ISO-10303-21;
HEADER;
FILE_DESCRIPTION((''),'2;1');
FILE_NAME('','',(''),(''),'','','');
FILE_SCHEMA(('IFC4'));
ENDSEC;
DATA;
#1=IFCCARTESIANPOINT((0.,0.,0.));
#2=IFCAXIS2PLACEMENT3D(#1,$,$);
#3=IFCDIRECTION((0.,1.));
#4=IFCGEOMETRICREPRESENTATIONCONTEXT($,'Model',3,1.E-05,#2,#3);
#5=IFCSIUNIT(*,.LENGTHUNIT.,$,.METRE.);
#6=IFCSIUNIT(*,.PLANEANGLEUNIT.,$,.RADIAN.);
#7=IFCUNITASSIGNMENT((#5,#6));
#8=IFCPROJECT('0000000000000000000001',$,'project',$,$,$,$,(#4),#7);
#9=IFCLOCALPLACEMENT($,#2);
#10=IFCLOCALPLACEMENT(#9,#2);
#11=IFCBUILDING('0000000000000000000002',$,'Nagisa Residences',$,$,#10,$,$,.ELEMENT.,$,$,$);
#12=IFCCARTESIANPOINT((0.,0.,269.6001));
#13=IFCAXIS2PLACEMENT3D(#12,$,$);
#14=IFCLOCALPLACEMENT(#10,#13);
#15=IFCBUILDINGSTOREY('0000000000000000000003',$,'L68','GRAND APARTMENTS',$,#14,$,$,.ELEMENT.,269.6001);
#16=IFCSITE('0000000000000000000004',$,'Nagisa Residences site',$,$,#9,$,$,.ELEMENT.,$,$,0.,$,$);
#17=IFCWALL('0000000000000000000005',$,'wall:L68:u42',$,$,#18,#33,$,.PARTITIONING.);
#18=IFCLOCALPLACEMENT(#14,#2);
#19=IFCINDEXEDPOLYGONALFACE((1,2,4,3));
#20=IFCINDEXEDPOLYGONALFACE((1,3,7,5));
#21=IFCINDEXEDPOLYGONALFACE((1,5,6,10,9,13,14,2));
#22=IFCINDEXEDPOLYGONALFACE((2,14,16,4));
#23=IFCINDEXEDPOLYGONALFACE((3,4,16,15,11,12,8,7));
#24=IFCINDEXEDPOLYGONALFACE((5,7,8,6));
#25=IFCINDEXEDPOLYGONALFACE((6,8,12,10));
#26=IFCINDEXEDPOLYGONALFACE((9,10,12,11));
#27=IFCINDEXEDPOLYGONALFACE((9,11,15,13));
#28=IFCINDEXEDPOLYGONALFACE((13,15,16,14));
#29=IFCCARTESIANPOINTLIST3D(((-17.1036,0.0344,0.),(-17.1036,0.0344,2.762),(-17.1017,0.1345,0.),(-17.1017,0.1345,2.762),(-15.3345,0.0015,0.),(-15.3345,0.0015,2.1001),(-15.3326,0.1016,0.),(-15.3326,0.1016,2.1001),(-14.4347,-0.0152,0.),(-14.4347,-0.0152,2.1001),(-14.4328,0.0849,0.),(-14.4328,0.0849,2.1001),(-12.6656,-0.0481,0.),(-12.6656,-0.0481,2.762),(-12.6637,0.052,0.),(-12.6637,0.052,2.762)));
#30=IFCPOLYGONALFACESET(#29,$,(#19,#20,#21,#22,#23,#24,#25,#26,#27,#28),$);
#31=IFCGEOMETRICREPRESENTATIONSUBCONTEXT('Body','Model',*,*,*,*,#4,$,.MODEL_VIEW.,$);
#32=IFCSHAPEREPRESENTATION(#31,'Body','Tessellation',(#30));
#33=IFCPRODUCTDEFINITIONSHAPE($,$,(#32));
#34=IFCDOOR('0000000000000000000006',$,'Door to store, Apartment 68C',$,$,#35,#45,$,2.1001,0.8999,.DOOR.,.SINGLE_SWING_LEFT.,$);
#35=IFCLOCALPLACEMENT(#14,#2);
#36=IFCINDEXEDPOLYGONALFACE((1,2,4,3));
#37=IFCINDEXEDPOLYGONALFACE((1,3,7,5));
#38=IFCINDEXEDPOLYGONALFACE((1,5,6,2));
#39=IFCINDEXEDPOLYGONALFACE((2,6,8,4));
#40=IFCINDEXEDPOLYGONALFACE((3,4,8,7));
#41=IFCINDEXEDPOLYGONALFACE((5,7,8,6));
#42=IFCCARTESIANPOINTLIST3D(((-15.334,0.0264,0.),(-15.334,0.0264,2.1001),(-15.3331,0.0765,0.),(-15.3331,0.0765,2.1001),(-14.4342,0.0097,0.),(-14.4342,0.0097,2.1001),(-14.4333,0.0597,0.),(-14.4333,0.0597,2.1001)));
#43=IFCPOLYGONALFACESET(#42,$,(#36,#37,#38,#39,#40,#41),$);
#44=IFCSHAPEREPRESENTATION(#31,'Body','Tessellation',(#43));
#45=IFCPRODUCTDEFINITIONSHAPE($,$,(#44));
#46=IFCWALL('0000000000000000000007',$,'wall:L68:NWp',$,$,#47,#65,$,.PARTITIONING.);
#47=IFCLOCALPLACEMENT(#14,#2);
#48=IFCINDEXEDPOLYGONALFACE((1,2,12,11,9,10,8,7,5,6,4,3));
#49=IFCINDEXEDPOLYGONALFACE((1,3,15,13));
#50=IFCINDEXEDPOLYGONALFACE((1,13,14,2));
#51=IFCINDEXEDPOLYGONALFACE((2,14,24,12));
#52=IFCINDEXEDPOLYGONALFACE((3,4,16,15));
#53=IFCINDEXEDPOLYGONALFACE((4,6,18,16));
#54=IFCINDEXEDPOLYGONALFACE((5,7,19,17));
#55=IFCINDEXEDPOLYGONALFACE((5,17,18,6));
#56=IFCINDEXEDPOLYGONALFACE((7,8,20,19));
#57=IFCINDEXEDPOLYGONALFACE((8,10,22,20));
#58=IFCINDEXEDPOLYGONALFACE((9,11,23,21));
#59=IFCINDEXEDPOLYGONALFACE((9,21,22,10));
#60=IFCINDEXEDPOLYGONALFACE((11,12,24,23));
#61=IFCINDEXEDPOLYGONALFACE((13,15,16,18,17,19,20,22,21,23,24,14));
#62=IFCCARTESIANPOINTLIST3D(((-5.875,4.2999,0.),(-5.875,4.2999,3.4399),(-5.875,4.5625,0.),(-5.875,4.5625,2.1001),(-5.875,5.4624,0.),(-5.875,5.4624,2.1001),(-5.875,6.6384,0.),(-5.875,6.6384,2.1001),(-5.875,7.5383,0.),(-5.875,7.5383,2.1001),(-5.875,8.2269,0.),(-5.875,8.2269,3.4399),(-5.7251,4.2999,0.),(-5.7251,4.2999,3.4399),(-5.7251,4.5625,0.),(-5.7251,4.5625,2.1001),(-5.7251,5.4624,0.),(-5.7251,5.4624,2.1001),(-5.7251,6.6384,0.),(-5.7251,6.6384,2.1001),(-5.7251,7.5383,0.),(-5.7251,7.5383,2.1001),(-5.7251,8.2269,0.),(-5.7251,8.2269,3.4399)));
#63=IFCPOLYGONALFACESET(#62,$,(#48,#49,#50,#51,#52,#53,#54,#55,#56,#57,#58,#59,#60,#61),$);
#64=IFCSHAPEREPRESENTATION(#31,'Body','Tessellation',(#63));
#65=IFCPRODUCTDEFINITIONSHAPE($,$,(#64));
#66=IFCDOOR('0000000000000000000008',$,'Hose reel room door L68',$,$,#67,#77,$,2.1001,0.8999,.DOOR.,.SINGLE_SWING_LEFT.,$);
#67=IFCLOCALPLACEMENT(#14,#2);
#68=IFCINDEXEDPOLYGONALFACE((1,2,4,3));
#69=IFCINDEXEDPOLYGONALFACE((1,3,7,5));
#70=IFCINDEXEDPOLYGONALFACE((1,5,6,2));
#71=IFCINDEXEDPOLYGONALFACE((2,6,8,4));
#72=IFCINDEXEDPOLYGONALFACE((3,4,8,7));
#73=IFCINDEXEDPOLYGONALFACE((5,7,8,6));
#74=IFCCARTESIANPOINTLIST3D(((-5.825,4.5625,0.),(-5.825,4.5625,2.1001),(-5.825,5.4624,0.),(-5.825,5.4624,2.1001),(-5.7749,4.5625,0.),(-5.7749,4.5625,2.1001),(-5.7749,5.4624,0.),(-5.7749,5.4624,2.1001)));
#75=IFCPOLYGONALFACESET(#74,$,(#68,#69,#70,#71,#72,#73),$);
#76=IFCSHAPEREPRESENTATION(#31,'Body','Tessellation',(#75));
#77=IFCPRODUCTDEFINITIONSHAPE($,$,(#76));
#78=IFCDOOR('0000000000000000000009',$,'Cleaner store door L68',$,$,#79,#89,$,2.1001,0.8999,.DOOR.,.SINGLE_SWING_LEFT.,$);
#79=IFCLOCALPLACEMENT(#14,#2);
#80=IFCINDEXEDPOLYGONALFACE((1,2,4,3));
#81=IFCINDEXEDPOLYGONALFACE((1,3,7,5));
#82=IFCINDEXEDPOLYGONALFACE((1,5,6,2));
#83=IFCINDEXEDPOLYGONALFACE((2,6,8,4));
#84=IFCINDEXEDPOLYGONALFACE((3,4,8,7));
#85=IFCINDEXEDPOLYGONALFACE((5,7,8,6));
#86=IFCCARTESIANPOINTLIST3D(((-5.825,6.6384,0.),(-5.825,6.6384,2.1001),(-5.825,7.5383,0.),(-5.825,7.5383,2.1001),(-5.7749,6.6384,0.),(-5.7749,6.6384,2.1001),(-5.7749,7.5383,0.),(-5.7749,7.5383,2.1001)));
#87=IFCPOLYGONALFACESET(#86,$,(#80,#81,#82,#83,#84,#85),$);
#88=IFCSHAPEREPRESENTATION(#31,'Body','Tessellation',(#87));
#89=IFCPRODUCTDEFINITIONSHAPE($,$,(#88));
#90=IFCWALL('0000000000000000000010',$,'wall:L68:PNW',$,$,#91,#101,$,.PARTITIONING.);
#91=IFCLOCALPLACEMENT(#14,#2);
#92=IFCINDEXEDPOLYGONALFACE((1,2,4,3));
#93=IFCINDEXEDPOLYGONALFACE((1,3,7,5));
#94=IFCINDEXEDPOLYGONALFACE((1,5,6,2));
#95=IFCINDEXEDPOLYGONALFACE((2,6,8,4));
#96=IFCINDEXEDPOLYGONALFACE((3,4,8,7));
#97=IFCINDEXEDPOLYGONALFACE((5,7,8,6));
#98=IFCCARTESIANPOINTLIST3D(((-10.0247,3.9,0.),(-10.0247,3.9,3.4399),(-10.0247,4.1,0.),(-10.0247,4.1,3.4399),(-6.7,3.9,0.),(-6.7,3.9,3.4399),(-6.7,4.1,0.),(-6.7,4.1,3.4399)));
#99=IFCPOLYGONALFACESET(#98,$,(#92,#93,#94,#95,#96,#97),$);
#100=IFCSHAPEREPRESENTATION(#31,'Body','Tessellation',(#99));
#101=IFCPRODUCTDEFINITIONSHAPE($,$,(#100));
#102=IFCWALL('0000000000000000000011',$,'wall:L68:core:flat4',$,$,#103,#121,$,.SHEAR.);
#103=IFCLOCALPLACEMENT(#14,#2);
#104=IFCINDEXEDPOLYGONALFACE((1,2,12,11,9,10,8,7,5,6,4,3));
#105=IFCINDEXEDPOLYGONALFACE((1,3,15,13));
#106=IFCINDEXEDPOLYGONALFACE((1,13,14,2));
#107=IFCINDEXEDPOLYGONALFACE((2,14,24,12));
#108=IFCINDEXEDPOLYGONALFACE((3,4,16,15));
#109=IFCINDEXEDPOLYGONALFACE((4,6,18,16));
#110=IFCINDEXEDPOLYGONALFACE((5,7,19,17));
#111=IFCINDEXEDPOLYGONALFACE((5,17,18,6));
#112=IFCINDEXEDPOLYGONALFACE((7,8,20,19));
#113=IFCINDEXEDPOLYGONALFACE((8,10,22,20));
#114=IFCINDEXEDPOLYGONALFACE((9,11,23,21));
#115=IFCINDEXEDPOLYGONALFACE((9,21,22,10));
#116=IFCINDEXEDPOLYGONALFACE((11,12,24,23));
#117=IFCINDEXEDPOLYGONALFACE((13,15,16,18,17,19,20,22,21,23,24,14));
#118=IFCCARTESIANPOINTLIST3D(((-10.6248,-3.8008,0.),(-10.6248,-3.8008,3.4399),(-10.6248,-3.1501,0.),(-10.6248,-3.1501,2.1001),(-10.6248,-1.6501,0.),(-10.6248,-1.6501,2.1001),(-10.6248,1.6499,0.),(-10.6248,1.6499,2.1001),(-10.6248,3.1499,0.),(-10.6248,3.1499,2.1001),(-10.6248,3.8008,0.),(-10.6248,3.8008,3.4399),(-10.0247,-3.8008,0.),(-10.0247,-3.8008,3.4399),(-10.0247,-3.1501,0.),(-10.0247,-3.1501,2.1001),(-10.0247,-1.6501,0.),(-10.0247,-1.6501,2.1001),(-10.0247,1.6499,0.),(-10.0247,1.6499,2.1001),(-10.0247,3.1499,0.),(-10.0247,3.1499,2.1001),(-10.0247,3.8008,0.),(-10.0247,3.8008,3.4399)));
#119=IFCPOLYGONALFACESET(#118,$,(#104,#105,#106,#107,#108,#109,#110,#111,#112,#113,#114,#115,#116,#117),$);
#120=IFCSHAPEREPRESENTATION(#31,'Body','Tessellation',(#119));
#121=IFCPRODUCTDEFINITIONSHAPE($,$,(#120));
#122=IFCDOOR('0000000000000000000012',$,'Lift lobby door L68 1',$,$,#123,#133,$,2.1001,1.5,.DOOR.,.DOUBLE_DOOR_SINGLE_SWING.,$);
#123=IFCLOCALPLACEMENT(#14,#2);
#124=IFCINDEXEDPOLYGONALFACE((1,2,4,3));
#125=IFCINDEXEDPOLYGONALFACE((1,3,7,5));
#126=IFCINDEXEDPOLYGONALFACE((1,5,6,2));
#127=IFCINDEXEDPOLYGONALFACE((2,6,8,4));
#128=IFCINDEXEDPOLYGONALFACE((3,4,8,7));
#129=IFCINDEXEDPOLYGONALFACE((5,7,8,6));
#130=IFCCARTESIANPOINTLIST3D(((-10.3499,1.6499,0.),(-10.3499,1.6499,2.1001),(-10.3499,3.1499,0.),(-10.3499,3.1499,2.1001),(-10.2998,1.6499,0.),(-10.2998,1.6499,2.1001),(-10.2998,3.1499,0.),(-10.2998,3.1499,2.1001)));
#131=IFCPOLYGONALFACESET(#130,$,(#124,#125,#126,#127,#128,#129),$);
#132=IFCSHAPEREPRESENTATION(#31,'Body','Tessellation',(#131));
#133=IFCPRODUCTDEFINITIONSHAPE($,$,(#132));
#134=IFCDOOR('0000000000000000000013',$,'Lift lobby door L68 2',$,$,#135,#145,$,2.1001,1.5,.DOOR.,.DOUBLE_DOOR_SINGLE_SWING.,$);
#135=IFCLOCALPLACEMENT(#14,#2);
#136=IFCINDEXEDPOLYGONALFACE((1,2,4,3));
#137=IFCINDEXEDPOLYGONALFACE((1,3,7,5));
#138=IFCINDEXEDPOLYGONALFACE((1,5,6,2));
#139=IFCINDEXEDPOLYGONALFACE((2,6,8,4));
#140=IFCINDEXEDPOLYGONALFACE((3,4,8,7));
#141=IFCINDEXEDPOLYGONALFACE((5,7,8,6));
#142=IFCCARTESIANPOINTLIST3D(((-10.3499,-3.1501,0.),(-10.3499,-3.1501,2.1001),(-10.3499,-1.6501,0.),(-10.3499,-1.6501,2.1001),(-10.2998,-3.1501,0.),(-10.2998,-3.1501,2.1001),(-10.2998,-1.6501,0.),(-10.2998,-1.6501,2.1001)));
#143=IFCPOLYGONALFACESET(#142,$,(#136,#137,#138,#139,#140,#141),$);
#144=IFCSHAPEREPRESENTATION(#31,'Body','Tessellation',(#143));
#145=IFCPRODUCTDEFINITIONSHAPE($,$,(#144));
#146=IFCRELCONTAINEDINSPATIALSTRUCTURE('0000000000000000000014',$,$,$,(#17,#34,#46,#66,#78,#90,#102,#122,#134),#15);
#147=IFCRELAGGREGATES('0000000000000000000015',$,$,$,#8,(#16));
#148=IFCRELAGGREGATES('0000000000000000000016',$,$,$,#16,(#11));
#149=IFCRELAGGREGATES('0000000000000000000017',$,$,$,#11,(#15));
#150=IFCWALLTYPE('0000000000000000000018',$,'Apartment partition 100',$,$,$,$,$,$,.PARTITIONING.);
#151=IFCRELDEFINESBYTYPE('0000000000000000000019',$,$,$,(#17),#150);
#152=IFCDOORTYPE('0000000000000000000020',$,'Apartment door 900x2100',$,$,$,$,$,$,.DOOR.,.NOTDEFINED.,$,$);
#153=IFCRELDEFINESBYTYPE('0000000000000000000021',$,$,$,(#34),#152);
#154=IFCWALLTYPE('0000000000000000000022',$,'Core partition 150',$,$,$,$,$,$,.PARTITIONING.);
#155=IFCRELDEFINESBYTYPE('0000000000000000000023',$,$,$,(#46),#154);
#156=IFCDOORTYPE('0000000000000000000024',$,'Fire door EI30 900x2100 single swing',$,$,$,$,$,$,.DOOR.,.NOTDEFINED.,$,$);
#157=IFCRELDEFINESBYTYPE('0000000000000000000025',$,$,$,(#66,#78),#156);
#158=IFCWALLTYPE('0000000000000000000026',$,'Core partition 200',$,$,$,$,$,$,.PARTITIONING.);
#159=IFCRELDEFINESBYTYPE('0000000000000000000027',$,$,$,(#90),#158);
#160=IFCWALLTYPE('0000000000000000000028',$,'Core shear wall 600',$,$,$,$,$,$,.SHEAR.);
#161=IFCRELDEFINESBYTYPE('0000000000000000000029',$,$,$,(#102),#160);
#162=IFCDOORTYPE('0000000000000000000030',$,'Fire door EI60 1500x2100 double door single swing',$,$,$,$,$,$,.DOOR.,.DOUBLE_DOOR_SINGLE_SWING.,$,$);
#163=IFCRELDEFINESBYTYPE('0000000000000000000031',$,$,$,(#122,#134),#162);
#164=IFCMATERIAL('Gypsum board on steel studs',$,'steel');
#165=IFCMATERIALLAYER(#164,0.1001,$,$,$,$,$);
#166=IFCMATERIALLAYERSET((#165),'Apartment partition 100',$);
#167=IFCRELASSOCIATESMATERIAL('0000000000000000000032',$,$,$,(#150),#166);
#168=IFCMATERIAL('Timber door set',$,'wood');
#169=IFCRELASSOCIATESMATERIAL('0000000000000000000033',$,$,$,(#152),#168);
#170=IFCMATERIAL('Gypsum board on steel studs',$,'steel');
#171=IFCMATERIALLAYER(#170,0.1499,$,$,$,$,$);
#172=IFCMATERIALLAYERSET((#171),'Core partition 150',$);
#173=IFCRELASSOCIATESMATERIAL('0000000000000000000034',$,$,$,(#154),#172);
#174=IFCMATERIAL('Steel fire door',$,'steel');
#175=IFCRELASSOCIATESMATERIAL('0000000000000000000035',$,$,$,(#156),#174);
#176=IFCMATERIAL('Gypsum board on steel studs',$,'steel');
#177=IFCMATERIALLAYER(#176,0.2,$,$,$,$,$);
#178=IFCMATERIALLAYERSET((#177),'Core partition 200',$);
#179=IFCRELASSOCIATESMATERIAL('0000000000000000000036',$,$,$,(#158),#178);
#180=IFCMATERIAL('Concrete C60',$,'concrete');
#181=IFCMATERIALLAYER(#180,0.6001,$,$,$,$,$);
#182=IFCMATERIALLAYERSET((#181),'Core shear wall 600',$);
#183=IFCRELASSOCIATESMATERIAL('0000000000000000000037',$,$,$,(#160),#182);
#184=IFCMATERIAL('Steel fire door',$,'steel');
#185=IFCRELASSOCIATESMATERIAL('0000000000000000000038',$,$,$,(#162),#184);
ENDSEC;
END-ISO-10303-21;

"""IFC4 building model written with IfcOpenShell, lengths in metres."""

from ifc_helpers import new_model, si_unit, direction, frame, frame_2d, origin, place, context, subcontext, project, spatial, rectangle, extrude, material, layer, layer_set, type_object, element, fill, save


model = new_model("IFC4")

# Units and contexts
model_context = context("Model", 3, precision=1e-05, world=origin(), true_north=direction((0.0, 1.0)))
body_context = subcontext(model_context, "Body", "Model", "MODEL_VIEW")
ifc_project = project(units=[si_unit("LENGTHUNIT", "METRE"), si_unit("PLANEANGLEUNIT", "RADIAN")], contexts=[model_context])

# Site, building, storey
site_placement = place(None, origin())
site = spatial("IfcSite", under=ifc_project, at=site_placement, Name="Nagisa Residences site", CompositionType="ELEMENT", RefElevation=0.0)
building_placement = place(site_placement, origin())
building = spatial("IfcBuilding", under=site, at=building_placement, Name="Nagisa Residences", CompositionType="ELEMENT")
storey_placement = place(building_placement, frame((0.0, 0.0, 269.6001)))
storey = spatial("IfcBuildingStorey", under=building, at=storey_placement, Name="L68", Description="GRAND APARTMENTS", CompositionType="ELEMENT", Elevation=269.6001)

# Wall, opening, door
ifc_material_1 = material(Name="Gypsum board on steel studs", Category="steel")
ifc_layer_1 = layer(ifc_material_1, 0.1001)
ifc_layer_set_1 = layer_set([ifc_layer_1], Name="Apartment partition 100")
wall_type_1 = type_object("IfcWallType", Name="Apartment partition 100", PredefinedType="PARTITIONING", material=ifc_layer_set_1)
wall_1_placement = place(storey_placement, frame((-12.6648, 0.002, 0.0), z_axis=(0.0, 0.0, 1.0), x_axis=(-0.999827, 0.018591, 0.0)))
wall_1 = element("IfcWall", 1, at=wall_1_placement, inside=storey, type_object=wall_type_1, Name="wall:L68:u42", PredefinedType="PARTITIONING", context=body_context, shape_type="SweptSolid", body=[
    extrude(rectangle(XDim=4.4387, YDim=0.1001, at=frame_2d((2.2192, 0.0))), origin(), (0.0, 0.0, 1.0), 2.762),
])
opening_1_placement = place(wall_1_placement, frame((1.7693, 0.0, 0.0)))
opening_1 = element("IfcOpeningElement", 2, at=opening_1_placement, cuts=wall_1, PredefinedType="OPENING", context=body_context, shape_type="SweptSolid", body=[
    extrude(rectangle(XDim=0.8999, YDim=2.1001, at=frame_2d((0.45, 1.05))), frame((0.0, 0.0601, 0.0), z_axis=(0.0, -1.0, 0.0), x_axis=(1.0, 0.0, 0.0)), (0.0, 0.0, 1.0), 0.1201),
])
ifc_material_2 = material(Name="Timber door set", Category="wood")
door_type_1 = type_object("IfcDoorType", Name="Apartment door 900x2100", OperationType="NOTDEFINED", PredefinedType="DOOR", material=ifc_material_2)
door_1_placement = place(opening_1_placement, frame((0.8999, 0.0, 0.0), x_axis=(-1.0, 0.0, 0.0)))
door_1 = element("IfcDoor", 3, at=door_1_placement, inside=storey, type_object=door_type_1, Name="Door to store, Apartment 68C", OperationType="SINGLE_SWING_LEFT", OverallHeight=2.1001, OverallWidth=0.8999, PredefinedType="DOOR", context=body_context, shape_type="SweptSolid", body=[
    extrude(rectangle(XDim=0.8999, YDim=2.1001, at=frame_2d((0.45, 1.05))), frame((0.0, 0.0249, 0.0), z_axis=(0.0, -1.0, 0.0), x_axis=(1.0, 0.0, 0.0)), (0.0, 0.0, 1.0), 0.05),
])
fill(opening_1, door_1)

# Wall, openings, doors
ifc_material_3 = material(Name="Gypsum board on steel studs", Category="steel")
ifc_layer_2 = layer(ifc_material_3, 0.1499)
ifc_layer_set_2 = layer_set([ifc_layer_2], Name="Core partition 150")
wall_type_2 = type_object("IfcWallType", Name="Core partition 150", PredefinedType="PARTITIONING", material=ifc_layer_set_2)
wall_2_placement = place(storey_placement, frame((-5.8, 4.3, 0.0), z_axis=(0.0, 0.0, 1.0), x_axis=(0.0, 1.0, 0.0)))
wall_2 = element("IfcWall", 4, at=wall_2_placement, inside=storey, type_object=wall_type_2, Name="wall:L68:NWp", PredefinedType="PARTITIONING", context=body_context, shape_type="SweptSolid", body=[
    extrude(rectangle(XDim=3.927, YDim=0.1499, at=frame_2d((1.9634, 0.0))), origin(), (0.0, 0.0, 1.0), 3.4399),
])
opening_2_placement = place(wall_2_placement, frame((0.2625, 0.0, 0.0)))
opening_2 = element("IfcOpeningElement", 5, at=opening_2_placement, cuts=wall_2, PredefinedType="OPENING", context=body_context, shape_type="SweptSolid", body=[
    extrude(rectangle(XDim=0.8999, YDim=2.1001, at=frame_2d((0.45, 1.05))), frame((0.0, 0.085, 0.0), z_axis=(0.0, -1.0, 0.0), x_axis=(1.0, 0.0, 0.0)), (0.0, 0.0, 1.0), 0.1699),
])
opening_3_placement = place(wall_2_placement, frame((2.3384, 0.0, 0.0)))
opening_3 = element("IfcOpeningElement", 6, at=opening_3_placement, cuts=wall_2, PredefinedType="OPENING", context=body_context, shape_type="SweptSolid", body=[
    extrude(rectangle(XDim=0.8999, YDim=2.1001, at=frame_2d((0.45, 1.05))), frame((0.0, 0.085, 0.0), z_axis=(0.0, -1.0, 0.0), x_axis=(1.0, 0.0, 0.0)), (0.0, 0.0, 1.0), 0.1699),
])
ifc_material_4 = material(Name="Steel fire door", Category="steel")
door_type_2 = type_object("IfcDoorType", Name="Fire door EI30 900x2100 single swing", OperationType="NOTDEFINED", PredefinedType="DOOR", material=ifc_material_4)
door_2_placement = place(opening_2_placement, origin())
door_2 = element("IfcDoor", 7, at=door_2_placement, inside=storey, type_object=door_type_2, Name="Hose reel room door L68", OperationType="SINGLE_SWING_LEFT", OverallHeight=2.1001, OverallWidth=0.8999, PredefinedType="DOOR", context=body_context, shape_type="SweptSolid", body=[
    extrude(rectangle(XDim=0.8999, YDim=2.1001, at=frame_2d((0.45, 1.05))), frame((0.0, 0.0249, 0.0), z_axis=(0.0, -1.0, 0.0), x_axis=(1.0, 0.0, 0.0)), (0.0, 0.0, 1.0), 0.05),
])
fill(opening_2, door_2)
door_3_placement = place(opening_3_placement, origin())
door_3 = element("IfcDoor", 8, at=door_3_placement, inside=storey, type_object=door_type_2, Name="Cleaner store door L68", OperationType="SINGLE_SWING_LEFT", OverallHeight=2.1001, OverallWidth=0.8999, PredefinedType="DOOR", context=body_context, shape_type="SweptSolid", body=[
    extrude(rectangle(XDim=0.8999, YDim=2.1001, at=frame_2d((0.45, 1.05))), frame((0.0, 0.0249, 0.0), z_axis=(0.0, -1.0, 0.0), x_axis=(1.0, 0.0, 0.0)), (0.0, 0.0, 1.0), 0.05),
])
fill(opening_3, door_3)

# Wall
ifc_material_5 = material(Name="Gypsum board on steel studs", Category="steel")
ifc_layer_3 = layer(ifc_material_5, 0.2)
ifc_layer_set_3 = layer_set([ifc_layer_3], Name="Core partition 200")
wall_type_3 = type_object("IfcWallType", Name="Core partition 200", PredefinedType="PARTITIONING", material=ifc_layer_set_3)
wall_3_placement = place(storey_placement, frame((-10.0247, 4.0, 0.0), z_axis=(0.0, 0.0, 1.0), x_axis=(1.0, 0.0, 0.0)))
element("IfcWall", 9, at=wall_3_placement, inside=storey, type_object=wall_type_3, Name="wall:L68:PNW", PredefinedType="PARTITIONING", context=body_context, shape_type="SweptSolid", body=[
    extrude(rectangle(XDim=3.3247, YDim=0.2, at=frame_2d((1.6624, 0.0))), origin(), (0.0, 0.0, 1.0), 3.4399),
])

# Wall, openings, doors
ifc_material_6 = material(Name="Concrete C60", Category="concrete")
ifc_layer_4 = layer(ifc_material_6, 0.6001)
ifc_layer_set_4 = layer_set([ifc_layer_4], Name="Core shear wall 600")
wall_type_4 = type_object("IfcWallType", Name="Core shear wall 600", PredefinedType="SHEAR", material=ifc_layer_set_4)
wall_4_placement = place(storey_placement, frame((-10.3247, 3.8008, 0.0), z_axis=(0.0, 0.0, 1.0), x_axis=(0.0, -1.0, 0.0)))
wall_4 = element("IfcWall", 10, at=wall_4_placement, inside=storey, type_object=wall_type_4, Name="wall:L68:core:flat4", PredefinedType="SHEAR", context=body_context, shape_type="SweptSolid", body=[
    extrude(rectangle(XDim=7.6016, YDim=0.6001, at=frame_2d((3.8008, 0.0))), origin(), (0.0, 0.0, 1.0), 3.4399),
])
opening_4_placement = place(wall_4_placement, frame((0.6509, 0.0, 0.0)))
opening_4 = element("IfcOpeningElement", 11, at=opening_4_placement, cuts=wall_4, PredefinedType="OPENING", context=body_context, shape_type="SweptSolid", body=[
    extrude(rectangle(XDim=1.5, YDim=2.1001, at=frame_2d((0.75, 1.05))), frame((0.0, 0.3101, 0.0), z_axis=(0.0, -1.0, 0.0), x_axis=(1.0, 0.0, 0.0)), (0.0, 0.0, 1.0), 0.6201),
])
opening_5_placement = place(wall_4_placement, frame((5.4509, 0.0, 0.0)))
opening_5 = element("IfcOpeningElement", 12, at=opening_5_placement, cuts=wall_4, PredefinedType="OPENING", context=body_context, shape_type="SweptSolid", body=[
    extrude(rectangle(XDim=1.5, YDim=2.1001, at=frame_2d((0.75, 1.05))), frame((0.0, 0.3101, 0.0), z_axis=(0.0, -1.0, 0.0), x_axis=(1.0, 0.0, 0.0)), (0.0, 0.0, 1.0), 0.6201),
])
ifc_material_7 = material(Name="Steel fire door", Category="steel")
door_type_3 = type_object("IfcDoorType", Name="Fire door EI60 1500x2100 double door single swing", OperationType="DOUBLE_DOOR_SINGLE_SWING", PredefinedType="DOOR", material=ifc_material_7)
door_4_placement = place(opening_4_placement, origin())
door_4 = element("IfcDoor", 13, at=door_4_placement, inside=storey, type_object=door_type_3, Name="Lift lobby door L68 1", OperationType="DOUBLE_DOOR_SINGLE_SWING", OverallHeight=2.1001, OverallWidth=1.5, PredefinedType="DOOR", context=body_context, shape_type="SweptSolid", body=[
    extrude(rectangle(XDim=1.5, YDim=2.1001, at=frame_2d((0.75, 1.05))), frame((0.0, 0.0249, 0.0), z_axis=(0.0, -1.0, 0.0), x_axis=(1.0, 0.0, 0.0)), (0.0, 0.0, 1.0), 0.05),
])
fill(opening_4, door_4)
door_5_placement = place(opening_5_placement, origin())
door_5 = element("IfcDoor", 14, at=door_5_placement, inside=storey, type_object=door_type_3, Name="Lift lobby door L68 2", OperationType="DOUBLE_DOOR_SINGLE_SWING", OverallHeight=2.1001, OverallWidth=1.5, PredefinedType="DOOR", context=body_context, shape_type="SweptSolid", body=[
    extrude(rectangle(XDim=1.5, YDim=2.1001, at=frame_2d((0.75, 1.05))), frame((0.0, 0.0249, 0.0), z_axis=(0.0, -1.0, 0.0), x_axis=(1.0, 0.0, 0.0)), (0.0, 0.0, 1.0), 0.05),
])
fill(opening_5, door_5)

save(model, "model.ifc")
